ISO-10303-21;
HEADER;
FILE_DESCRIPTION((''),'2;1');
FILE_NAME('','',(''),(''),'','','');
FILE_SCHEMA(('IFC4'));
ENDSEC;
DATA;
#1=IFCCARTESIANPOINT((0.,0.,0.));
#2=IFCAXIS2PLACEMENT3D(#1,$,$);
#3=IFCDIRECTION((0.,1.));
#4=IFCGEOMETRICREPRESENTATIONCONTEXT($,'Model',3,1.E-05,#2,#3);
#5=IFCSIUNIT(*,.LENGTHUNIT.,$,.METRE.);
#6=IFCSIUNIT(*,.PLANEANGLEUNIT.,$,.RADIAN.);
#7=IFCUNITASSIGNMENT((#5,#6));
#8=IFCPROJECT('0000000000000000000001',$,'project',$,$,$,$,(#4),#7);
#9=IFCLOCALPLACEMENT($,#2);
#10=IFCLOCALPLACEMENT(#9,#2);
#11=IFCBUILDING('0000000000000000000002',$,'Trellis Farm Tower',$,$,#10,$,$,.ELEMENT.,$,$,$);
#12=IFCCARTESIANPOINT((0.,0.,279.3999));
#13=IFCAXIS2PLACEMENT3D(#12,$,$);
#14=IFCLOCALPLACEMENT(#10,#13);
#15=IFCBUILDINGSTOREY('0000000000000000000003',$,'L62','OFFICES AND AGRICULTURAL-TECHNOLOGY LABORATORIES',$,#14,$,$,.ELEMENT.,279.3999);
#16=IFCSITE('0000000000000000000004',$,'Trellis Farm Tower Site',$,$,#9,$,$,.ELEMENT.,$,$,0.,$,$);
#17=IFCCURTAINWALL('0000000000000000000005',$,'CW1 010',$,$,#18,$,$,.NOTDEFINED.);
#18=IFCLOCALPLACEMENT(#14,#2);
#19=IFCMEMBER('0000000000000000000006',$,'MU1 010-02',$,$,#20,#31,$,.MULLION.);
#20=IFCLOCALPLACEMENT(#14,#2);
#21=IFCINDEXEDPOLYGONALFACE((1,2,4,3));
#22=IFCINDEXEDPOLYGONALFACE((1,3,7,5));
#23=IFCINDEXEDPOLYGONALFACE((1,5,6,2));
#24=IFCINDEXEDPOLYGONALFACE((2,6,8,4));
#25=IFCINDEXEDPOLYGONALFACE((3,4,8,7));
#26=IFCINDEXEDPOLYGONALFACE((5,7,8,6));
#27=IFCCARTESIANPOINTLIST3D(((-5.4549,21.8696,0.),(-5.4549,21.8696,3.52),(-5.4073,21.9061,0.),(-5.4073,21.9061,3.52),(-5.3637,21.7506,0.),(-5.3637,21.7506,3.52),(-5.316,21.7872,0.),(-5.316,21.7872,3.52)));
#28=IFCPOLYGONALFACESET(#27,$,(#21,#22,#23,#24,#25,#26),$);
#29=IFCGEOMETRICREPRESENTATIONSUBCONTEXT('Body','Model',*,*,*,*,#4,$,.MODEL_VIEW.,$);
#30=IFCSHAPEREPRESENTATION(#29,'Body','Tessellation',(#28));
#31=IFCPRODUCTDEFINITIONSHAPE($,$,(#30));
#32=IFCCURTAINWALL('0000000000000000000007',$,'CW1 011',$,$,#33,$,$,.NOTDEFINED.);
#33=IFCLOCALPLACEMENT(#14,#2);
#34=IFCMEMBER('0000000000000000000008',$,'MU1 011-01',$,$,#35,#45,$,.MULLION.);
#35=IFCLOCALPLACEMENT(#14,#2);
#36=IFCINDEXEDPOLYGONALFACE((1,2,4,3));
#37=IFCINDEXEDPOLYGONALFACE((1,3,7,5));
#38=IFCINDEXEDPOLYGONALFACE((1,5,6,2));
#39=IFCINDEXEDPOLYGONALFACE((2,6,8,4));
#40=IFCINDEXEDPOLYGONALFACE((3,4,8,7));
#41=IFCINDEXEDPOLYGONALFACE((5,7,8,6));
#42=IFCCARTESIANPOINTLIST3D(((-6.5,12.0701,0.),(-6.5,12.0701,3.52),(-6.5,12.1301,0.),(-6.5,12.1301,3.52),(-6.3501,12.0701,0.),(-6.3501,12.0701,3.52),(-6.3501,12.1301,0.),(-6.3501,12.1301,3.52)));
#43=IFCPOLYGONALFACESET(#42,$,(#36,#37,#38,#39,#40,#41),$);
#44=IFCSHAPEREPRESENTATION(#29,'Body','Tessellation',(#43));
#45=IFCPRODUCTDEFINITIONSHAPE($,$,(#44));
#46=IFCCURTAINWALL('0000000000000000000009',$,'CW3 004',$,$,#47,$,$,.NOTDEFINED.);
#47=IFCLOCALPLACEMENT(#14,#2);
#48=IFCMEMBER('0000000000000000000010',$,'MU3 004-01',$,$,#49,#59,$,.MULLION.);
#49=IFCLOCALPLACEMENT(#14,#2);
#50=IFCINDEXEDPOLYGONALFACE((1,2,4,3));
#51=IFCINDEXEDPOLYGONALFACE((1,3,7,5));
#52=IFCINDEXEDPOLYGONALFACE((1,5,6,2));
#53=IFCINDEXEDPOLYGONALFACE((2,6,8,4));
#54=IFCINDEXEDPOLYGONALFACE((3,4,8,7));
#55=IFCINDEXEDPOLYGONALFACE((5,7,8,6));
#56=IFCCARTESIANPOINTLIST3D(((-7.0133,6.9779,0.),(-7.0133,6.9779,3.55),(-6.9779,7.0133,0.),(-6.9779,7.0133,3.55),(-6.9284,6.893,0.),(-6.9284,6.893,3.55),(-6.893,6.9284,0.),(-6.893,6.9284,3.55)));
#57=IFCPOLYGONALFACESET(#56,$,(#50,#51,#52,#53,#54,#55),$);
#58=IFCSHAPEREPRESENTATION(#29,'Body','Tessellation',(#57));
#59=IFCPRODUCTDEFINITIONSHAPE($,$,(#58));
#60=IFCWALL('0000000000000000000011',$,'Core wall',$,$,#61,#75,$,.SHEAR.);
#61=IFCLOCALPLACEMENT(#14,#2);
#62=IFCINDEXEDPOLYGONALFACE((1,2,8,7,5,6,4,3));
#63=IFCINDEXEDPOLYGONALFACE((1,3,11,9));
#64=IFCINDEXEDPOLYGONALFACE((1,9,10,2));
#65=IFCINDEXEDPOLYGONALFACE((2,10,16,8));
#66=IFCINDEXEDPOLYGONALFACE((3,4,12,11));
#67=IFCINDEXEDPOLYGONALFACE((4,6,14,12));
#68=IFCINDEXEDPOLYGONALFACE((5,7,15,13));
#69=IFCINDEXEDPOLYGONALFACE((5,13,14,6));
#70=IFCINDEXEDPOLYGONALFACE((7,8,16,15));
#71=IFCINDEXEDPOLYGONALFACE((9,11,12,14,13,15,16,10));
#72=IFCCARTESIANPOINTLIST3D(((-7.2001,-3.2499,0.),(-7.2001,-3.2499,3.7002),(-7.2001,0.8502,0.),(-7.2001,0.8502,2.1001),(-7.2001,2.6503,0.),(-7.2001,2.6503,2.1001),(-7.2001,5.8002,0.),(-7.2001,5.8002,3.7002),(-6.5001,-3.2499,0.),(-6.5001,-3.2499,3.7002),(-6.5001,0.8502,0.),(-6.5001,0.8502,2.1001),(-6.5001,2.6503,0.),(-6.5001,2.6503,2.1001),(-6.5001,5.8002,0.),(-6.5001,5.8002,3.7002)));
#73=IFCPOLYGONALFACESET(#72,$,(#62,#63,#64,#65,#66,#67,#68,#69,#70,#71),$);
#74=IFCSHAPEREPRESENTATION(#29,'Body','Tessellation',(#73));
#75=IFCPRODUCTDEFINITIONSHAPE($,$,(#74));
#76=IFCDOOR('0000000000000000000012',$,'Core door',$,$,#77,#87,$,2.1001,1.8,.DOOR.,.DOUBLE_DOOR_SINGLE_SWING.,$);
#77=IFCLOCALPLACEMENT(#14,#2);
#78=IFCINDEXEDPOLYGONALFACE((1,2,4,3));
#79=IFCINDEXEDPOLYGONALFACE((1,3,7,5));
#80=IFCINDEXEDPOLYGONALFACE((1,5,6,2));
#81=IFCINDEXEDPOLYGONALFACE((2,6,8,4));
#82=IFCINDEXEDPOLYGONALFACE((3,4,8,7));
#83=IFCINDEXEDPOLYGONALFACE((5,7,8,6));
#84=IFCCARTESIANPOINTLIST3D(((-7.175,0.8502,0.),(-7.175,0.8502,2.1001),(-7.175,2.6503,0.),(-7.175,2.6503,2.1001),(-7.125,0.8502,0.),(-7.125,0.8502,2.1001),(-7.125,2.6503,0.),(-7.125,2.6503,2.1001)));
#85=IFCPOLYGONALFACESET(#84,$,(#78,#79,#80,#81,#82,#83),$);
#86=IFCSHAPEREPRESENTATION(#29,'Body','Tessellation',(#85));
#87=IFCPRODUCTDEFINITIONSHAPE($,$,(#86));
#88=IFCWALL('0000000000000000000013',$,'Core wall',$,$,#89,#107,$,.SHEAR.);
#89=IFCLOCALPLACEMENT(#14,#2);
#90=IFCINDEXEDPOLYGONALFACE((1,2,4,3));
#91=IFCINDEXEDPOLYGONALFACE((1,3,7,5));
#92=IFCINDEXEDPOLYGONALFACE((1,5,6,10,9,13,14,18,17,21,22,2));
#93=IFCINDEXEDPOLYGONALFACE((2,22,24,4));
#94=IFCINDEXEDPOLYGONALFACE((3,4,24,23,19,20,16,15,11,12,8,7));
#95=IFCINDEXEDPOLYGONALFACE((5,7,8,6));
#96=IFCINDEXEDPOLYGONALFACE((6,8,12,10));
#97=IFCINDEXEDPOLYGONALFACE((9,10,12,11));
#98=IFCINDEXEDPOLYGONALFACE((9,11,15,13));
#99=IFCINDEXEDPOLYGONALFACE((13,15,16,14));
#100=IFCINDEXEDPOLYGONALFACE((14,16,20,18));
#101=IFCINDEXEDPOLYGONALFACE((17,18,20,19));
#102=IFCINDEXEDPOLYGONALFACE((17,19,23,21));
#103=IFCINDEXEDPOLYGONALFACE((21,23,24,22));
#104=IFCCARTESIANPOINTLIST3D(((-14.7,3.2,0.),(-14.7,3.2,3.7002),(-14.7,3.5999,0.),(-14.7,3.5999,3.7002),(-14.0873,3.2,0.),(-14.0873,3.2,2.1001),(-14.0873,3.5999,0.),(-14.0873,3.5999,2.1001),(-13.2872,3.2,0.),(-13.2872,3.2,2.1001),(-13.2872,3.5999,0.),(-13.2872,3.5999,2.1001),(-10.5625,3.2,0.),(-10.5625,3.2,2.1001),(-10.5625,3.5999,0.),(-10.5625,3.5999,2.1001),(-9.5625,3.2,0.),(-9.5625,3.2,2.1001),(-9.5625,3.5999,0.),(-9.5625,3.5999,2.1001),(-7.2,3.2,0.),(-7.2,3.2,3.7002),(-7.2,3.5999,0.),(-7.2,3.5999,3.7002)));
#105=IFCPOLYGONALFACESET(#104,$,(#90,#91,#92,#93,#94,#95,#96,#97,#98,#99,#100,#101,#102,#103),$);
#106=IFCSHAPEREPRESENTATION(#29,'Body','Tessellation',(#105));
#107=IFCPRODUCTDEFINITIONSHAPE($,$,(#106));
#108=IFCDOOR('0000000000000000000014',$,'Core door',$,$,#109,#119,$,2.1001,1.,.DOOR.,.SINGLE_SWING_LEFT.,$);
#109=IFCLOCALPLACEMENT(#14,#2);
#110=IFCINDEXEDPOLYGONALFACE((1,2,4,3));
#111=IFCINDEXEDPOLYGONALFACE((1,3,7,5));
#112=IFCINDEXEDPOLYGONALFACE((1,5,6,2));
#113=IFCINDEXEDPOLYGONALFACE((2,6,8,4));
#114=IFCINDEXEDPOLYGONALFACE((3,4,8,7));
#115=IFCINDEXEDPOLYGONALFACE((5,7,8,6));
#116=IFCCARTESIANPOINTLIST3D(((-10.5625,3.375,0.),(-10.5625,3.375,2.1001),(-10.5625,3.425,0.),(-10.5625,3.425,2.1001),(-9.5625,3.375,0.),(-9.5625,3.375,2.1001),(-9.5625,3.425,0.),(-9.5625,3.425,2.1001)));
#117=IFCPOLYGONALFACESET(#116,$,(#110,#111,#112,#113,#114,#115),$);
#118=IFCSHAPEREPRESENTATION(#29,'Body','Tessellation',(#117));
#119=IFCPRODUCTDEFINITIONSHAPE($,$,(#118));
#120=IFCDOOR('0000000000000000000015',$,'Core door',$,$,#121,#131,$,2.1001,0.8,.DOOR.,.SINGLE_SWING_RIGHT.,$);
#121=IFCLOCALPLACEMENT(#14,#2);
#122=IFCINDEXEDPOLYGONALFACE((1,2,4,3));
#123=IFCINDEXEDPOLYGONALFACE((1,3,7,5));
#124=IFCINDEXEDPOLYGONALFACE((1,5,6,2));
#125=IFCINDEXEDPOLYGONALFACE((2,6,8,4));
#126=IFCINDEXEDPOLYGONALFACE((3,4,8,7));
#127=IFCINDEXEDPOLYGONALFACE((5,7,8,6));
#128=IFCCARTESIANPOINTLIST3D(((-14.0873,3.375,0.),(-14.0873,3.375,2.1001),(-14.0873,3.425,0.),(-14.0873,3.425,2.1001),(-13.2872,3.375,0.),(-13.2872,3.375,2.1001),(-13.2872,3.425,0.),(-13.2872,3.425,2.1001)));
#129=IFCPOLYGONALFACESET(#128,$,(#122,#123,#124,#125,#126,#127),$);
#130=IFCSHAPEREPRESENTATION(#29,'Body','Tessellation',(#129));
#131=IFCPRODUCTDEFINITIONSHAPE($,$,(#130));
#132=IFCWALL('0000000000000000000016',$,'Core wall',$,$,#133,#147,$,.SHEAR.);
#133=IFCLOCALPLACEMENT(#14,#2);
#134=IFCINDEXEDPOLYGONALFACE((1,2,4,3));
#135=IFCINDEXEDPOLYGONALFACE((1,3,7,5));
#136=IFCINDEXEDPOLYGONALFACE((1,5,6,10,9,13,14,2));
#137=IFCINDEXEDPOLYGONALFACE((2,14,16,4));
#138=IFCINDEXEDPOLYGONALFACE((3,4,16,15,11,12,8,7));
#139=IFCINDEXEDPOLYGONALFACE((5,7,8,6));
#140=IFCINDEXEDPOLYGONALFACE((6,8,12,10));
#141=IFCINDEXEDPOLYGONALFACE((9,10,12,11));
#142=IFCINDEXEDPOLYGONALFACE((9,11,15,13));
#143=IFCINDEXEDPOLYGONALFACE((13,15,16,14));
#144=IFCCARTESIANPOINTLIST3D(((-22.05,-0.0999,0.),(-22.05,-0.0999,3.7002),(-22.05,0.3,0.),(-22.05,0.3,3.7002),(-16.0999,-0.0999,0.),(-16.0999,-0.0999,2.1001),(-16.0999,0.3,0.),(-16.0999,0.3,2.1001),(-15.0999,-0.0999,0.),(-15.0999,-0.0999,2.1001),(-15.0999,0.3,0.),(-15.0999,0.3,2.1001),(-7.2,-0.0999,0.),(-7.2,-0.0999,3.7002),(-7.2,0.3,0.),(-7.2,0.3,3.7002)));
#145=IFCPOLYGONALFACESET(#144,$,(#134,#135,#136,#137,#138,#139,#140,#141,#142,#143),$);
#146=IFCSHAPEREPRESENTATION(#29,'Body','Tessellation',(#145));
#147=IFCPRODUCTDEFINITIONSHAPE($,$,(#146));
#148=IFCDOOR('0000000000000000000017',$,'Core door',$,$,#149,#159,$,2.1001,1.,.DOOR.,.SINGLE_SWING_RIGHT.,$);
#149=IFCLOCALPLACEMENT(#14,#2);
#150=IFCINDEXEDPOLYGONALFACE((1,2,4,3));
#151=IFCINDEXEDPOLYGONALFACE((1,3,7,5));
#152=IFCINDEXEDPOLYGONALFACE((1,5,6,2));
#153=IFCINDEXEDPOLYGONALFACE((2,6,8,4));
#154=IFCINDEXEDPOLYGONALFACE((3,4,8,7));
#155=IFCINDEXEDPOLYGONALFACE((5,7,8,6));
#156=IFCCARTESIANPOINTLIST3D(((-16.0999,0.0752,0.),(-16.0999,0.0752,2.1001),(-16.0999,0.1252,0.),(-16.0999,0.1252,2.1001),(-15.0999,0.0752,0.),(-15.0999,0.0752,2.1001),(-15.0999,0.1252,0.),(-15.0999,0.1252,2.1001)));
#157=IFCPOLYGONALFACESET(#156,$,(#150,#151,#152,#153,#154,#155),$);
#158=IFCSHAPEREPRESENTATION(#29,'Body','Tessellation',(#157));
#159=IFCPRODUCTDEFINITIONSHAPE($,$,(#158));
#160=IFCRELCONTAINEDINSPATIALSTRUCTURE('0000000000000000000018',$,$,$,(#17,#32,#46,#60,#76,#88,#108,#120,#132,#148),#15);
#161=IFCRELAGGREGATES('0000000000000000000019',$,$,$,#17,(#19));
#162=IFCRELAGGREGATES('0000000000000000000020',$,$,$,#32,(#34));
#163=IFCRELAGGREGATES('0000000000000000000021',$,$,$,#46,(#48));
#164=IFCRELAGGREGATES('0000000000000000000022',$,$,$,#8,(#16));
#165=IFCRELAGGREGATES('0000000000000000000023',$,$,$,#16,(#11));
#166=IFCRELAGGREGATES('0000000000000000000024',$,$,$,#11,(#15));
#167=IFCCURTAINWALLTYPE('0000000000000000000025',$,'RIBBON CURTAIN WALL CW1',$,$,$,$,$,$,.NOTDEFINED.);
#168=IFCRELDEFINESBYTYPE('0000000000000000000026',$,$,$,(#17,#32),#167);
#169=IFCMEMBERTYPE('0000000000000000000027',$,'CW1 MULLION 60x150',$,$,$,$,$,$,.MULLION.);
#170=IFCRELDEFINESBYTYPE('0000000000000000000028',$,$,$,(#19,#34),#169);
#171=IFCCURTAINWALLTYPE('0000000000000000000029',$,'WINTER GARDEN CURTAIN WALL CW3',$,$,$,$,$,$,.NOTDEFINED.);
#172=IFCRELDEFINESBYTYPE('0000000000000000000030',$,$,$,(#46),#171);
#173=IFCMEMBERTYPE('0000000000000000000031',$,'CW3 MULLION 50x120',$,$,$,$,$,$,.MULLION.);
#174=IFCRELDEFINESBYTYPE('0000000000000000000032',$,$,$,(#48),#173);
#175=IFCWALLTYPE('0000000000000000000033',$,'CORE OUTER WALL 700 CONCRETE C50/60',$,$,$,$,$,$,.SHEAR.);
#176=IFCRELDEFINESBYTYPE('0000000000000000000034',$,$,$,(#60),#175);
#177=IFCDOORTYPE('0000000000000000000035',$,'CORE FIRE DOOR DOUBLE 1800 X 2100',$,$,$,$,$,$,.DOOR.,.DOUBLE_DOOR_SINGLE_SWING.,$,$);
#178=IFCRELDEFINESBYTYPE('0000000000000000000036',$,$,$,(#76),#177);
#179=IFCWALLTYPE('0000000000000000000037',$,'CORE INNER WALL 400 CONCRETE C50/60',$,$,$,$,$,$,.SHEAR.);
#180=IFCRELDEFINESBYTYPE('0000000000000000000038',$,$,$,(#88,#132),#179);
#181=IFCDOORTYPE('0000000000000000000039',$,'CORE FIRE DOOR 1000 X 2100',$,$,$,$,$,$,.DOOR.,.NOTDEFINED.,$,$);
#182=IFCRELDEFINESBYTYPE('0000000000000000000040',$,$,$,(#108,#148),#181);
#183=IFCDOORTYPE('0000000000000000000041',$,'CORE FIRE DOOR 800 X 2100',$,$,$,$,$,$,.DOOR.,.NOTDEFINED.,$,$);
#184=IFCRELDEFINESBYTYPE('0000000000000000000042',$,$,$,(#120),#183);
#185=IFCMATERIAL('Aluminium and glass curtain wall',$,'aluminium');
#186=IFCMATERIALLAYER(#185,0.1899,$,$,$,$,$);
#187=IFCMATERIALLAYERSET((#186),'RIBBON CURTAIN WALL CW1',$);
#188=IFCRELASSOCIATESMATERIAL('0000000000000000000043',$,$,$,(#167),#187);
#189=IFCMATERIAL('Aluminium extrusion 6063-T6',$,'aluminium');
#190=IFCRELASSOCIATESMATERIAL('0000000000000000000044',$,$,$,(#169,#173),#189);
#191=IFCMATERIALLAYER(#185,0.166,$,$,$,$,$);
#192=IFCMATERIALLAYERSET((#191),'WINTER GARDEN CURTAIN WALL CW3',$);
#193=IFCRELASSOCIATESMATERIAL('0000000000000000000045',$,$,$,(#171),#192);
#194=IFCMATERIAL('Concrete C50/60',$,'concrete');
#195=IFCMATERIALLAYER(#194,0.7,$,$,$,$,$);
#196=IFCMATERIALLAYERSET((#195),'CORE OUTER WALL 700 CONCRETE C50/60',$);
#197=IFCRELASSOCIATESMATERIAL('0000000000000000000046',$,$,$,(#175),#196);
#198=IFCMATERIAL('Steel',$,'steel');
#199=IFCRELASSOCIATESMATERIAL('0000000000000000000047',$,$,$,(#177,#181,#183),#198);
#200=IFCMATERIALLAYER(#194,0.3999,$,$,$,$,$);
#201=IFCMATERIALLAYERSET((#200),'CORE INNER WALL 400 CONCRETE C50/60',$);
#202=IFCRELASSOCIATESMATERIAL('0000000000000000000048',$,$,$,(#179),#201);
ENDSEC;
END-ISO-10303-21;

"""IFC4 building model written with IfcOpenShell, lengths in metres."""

from ifc_helpers import new_model, si_unit, direction, frame, frame_2d, origin, origin_2d, place, context, subcontext, project, spatial, rectangle, extrude, source, transform, mapped, material, layer, layer_set, material_profile, profile_set, type_object, element, fill, aggregate, save


model = new_model("IFC4")

# Units and contexts
model_context = context("Model", 3, precision=1e-05, world=origin(), true_north=direction((0.0, 1.0)))
body_context = subcontext(model_context, "Body", "Model", "MODEL_VIEW")
ifc_project = project(units=[si_unit("LENGTHUNIT", "METRE"), si_unit("PLANEANGLEUNIT", "RADIAN")], contexts=[model_context])

# Site, building, storey
site_placement = place(None, origin())
site = spatial("IfcSite", under=ifc_project, at=site_placement, Name="Trellis Farm Tower Site", CompositionType="ELEMENT", RefElevation=0.0)
building_placement = place(site_placement, origin())
building = spatial("IfcBuilding", under=site, at=building_placement, Name="Trellis Farm Tower", CompositionType="ELEMENT")
storey_placement = place(building_placement, frame((0.0, 0.0, 279.3999)))
storey = spatial("IfcBuildingStorey", under=building, at=storey_placement, Name="L62", Description="OFFICES AND AGRICULTURAL-TECHNOLOGY LABORATORIES", CompositionType="ELEMENT", Elevation=279.3999)

# Curtain walls, members
ifc_material_1 = material(Name="Aluminium and glass curtain wall", Category="aluminium")
ifc_layer_1 = layer(ifc_material_1, 0.1899)
ifc_layer_set_1 = layer_set([ifc_layer_1], Name="RIBBON CURTAIN WALL CW1")
curtain_wall_type_1 = type_object("IfcCurtainWallType", Name="RIBBON CURTAIN WALL CW1", PredefinedType="NOTDEFINED", material=ifc_layer_set_1)
placement = place(storey_placement, origin())
curtain_wall_1 = element("IfcCurtainWall", 1, at=placement, inside=storey, type_object=curtain_wall_type_1, Name="CW1 010", PredefinedType="NOTDEFINED")
ifc_material_2 = material(Name="Aluminium extrusion 6063-T6", Category="aluminium")
ifc_material_profile_1 = material_profile(ifc_material_2, rectangle(XDim=0.0601, YDim=0.1499, at=origin_2d()), Name="MULLION 60x150")
ifc_profile_set_1 = profile_set([ifc_material_profile_1], Name="Aluminium extrusion 6063-T6")
member_type_1 = type_object("IfcMemberType", Name="CW1 MULLION 60x150", PredefinedType="MULLION", material=ifc_profile_set_1)
shared_shape_1 = source(origin(), body_context, "Body", "SweptSolid", [
    extrude(rectangle(XDim=0.0601, YDim=0.1499, at=origin_2d()), origin(), (0.0, 0.0, 1.0), 3.52),
])
member_1_placement = place(storey_placement, frame((-5.3855, 21.8284, 0.0), z_axis=(0.0, 0.0, 1.0), x_axis=(-0.793353, -0.608761, 0.0)))
member_1 = element("IfcMember", 2, at=member_1_placement, type_object=member_type_1, Name="MU1 010-02", PredefinedType="MULLION", context=body_context, shape_type="MappedRepresentation", body=[
    mapped(shared_shape_1, transform((0.0, 0.0, 0.0))),
])
aggregate(curtain_wall_1, [member_1])
curtain_wall_2 = element("IfcCurtainWall", 3, at=placement, inside=storey, type_object=curtain_wall_type_1, Name="CW1 011", PredefinedType="NOTDEFINED")
member_2_placement = place(storey_placement, frame((-6.425, 12.1001, 0.0), z_axis=(0.0, 0.0, 1.0), x_axis=(0.0, -1.0, 0.0)))
member_2 = element("IfcMember", 4, at=member_2_placement, type_object=member_type_1, Name="MU1 011-01", PredefinedType="MULLION", context=body_context, shape_type="MappedRepresentation", body=[
    mapped(shared_shape_1, transform((0.0, 0.0, 0.0))),
])
aggregate(curtain_wall_2, [member_2])
ifc_layer_2 = layer(ifc_material_1, 0.166)
ifc_layer_set_2 = layer_set([ifc_layer_2], Name="WINTER GARDEN CURTAIN WALL CW3")
curtain_wall_type_2 = type_object("IfcCurtainWallType", Name="WINTER GARDEN CURTAIN WALL CW3", PredefinedType="NOTDEFINED", material=ifc_layer_set_2)
curtain_wall_3 = element("IfcCurtainWall", 5, at=placement, inside=storey, type_object=curtain_wall_type_2, Name="CW3 004", PredefinedType="NOTDEFINED")
ifc_material_profile_2 = material_profile(ifc_material_2, rectangle(XDim=0.05, YDim=0.1201, at=origin_2d()), Name="MULLION 50x120")
ifc_profile_set_2 = profile_set([ifc_material_profile_2], Name="Aluminium extrusion 6063-T6")
member_type_2 = type_object("IfcMemberType", Name="CW3 MULLION 50x120", PredefinedType="MULLION", material=ifc_profile_set_2)
shared_shape_2 = source(origin(), body_context, "Body", "SweptSolid", [
    extrude(rectangle(XDim=0.05, YDim=0.1201, at=origin_2d()), origin(), (0.0, 0.0, 1.0), 3.55),
])
member_3_placement = place(storey_placement, frame((-6.9531, 6.9531, 0.0), z_axis=(0.0, 0.0, 1.0), x_axis=(-0.707107, -0.707107, 0.0)))
member_3 = element("IfcMember", 6, at=member_3_placement, type_object=member_type_2, Name="MU3 004-01", PredefinedType="MULLION", context=body_context, shape_type="MappedRepresentation", body=[
    mapped(shared_shape_2, transform((0.0, 0.0, 0.0))),
])
aggregate(curtain_wall_3, [member_3])

# Wall, opening, door
ifc_material_3 = material(Name="Concrete C50/60", Category="concrete")
ifc_layer_3 = layer(ifc_material_3, 0.7)
ifc_layer_set_3 = layer_set([ifc_layer_3], Name="CORE OUTER WALL 700 CONCRETE C50/60")
wall_type_1 = type_object("IfcWallType", Name="CORE OUTER WALL 700 CONCRETE C50/60", PredefinedType="SHEAR", material=ifc_layer_set_3)
shared_shape_3 = source(origin(), body_context, "Body", "SweptSolid", [
    extrude(rectangle(XDim=9.05, YDim=0.7, at=frame_2d((4.5249, 0.0))), origin(), (0.0, 0.0, 1.0), 3.7002),
])
wall_1_placement = place(storey_placement, frame((-6.8501, 5.8, 0.0), z_axis=(0.0, 0.0, 1.0), x_axis=(0.0, -1.0, 0.0)))
wall_1 = element("IfcWall", 7, at=wall_1_placement, inside=storey, type_object=wall_type_1, Name="Core wall", PredefinedType="SHEAR", context=body_context, shape_type="MappedRepresentation", body=[
    mapped(shared_shape_3, transform((0.0, 0.0, 0.0))),
])
shared_shape_4 = source(origin(), body_context, "Body", "SweptSolid", [
    extrude(rectangle(XDim=1.8, YDim=2.1001, at=frame_2d((0.8999, 1.05))), frame((0.0, 0.3601, 0.0), z_axis=(0.0, -1.0, 0.0), x_axis=(1.0, 0.0, 0.0)), (0.0, 0.0, 1.0), 0.7202),
])
opening_1_placement = place(wall_1_placement, frame((3.1499, 0.0, 0.0)))
opening_1 = element("IfcOpeningElement", 8, at=opening_1_placement, cuts=wall_1, PredefinedType="OPENING", context=body_context, shape_type="MappedRepresentation", body=[
    mapped(shared_shape_4, transform((0.0, 0.0, 0.0))),
])
ifc_material_4 = material(Name="Steel", Category="steel")
door_type_1 = type_object("IfcDoorType", Name="CORE FIRE DOOR DOUBLE 1800 X 2100", OperationType="DOUBLE_DOOR_SINGLE_SWING", PredefinedType="DOOR", material=ifc_material_4)
shared_shape_5 = source(origin(), body_context, "Body", "SweptSolid", [
    extrude(rectangle(XDim=1.8, YDim=2.1001, at=frame_2d((0.8999, 1.05))), frame((0.0, -0.2749, 0.0), z_axis=(0.0, -1.0, 0.0), x_axis=(1.0, 0.0, 0.0)), (0.0, 0.0, 1.0), 0.05),
])
door_1_placement = place(opening_1_placement, origin())
door_1 = element("IfcDoor", 9, at=door_1_placement, inside=storey, type_object=door_type_1, Name="Core door", OperationType="DOUBLE_DOOR_SINGLE_SWING", OverallHeight=2.1001, OverallWidth=1.8, PredefinedType="DOOR", context=body_context, shape_type="MappedRepresentation", body=[
    mapped(shared_shape_5, transform((0.0, 0.0, 0.0))),
])
fill(opening_1, door_1)

# Wall, openings, doors
ifc_layer_4 = layer(ifc_material_3, 0.3999)
ifc_layer_set_4 = layer_set([ifc_layer_4], Name="CORE INNER WALL 400 CONCRETE C50/60")
wall_type_2 = type_object("IfcWallType", Name="CORE INNER WALL 400 CONCRETE C50/60", PredefinedType="SHEAR", material=ifc_layer_set_4)
shared_shape_6 = source(origin(), body_context, "Body", "SweptSolid", [
    extrude(rectangle(XDim=7.5, YDim=0.3999, at=frame_2d((3.75, 0.0))), origin(), (0.0, 0.0, 1.0), 3.7002),
])
wall_2_placement = place(storey_placement, frame((-7.2, 3.3999, 0.0), z_axis=(0.0, 0.0, 1.0), x_axis=(-1.0, 0.0, 0.0)))
wall_2 = element("IfcWall", 10, at=wall_2_placement, inside=storey, type_object=wall_type_2, Name="Core wall", PredefinedType="SHEAR", context=body_context, shape_type="MappedRepresentation", body=[
    mapped(shared_shape_6, transform((0.0, 0.0, 0.0))),
])
shared_shape_7 = source(origin(), body_context, "Body", "SweptSolid", [
    extrude(rectangle(XDim=1.0, YDim=2.1001, at=frame_2d((0.5, 1.05))), frame((0.0, 0.21, 0.0), z_axis=(0.0, -1.0, 0.0), x_axis=(1.0, 0.0, 0.0)), (0.0, 0.0, 1.0), 0.4199),
])
opening_2_placement = place(wall_2_placement, frame((2.3625, 0.0, 0.0)))
opening_2 = element("IfcOpeningElement", 11, at=opening_2_placement, cuts=wall_2, PredefinedType="OPENING", context=body_context, shape_type="MappedRepresentation", body=[
    mapped(shared_shape_7, transform((0.0, 0.0, 0.0))),
])
shared_shape_8 = source(origin(), body_context, "Body", "SweptSolid", [
    extrude(rectangle(XDim=0.8, YDim=2.1001, at=frame_2d((0.3999, 1.05))), frame((0.0, 0.21, 0.0), z_axis=(0.0, -1.0, 0.0), x_axis=(1.0, 0.0, 0.0)), (0.0, 0.0, 1.0), 0.4199),
])
opening_3_placement = place(wall_2_placement, frame((6.0874, 0.0, 0.0)))
opening_3 = element("IfcOpeningElement", 12, at=opening_3_placement, cuts=wall_2, PredefinedType="OPENING", context=body_context, shape_type="MappedRepresentation", body=[
    mapped(shared_shape_8, transform((0.0, 0.0, 0.0))),
])
door_type_2 = type_object("IfcDoorType", Name="CORE FIRE DOOR 1000 X 2100", OperationType="NOTDEFINED", PredefinedType="DOOR", material=ifc_material_4)
shared_shape_9 = source(origin(), body_context, "Body", "SweptSolid", [
    extrude(rectangle(XDim=1.0, YDim=2.1001, at=frame_2d((0.5, 1.05))), frame((0.0, 0.0249, 0.0), z_axis=(0.0, -1.0, 0.0), x_axis=(1.0, 0.0, 0.0)), (0.0, 0.0, 1.0), 0.05),
])
door_2_placement = place(opening_2_placement, origin())
door_2 = element("IfcDoor", 13, at=door_2_placement, inside=storey, type_object=door_type_2, Name="Core door", OperationType="SINGLE_SWING_LEFT", OverallHeight=2.1001, OverallWidth=1.0, PredefinedType="DOOR", context=body_context, shape_type="MappedRepresentation", body=[
    mapped(shared_shape_9, transform((0.0, 0.0, 0.0))),
])
fill(opening_2, door_2)
door_type_3 = type_object("IfcDoorType", Name="CORE FIRE DOOR 800 X 2100", OperationType="NOTDEFINED", PredefinedType="DOOR", material=ifc_material_4)
shared_shape_10 = source(origin(), body_context, "Body", "SweptSolid", [
    extrude(rectangle(XDim=0.8, YDim=2.1001, at=frame_2d((0.3999, 1.05))), frame((0.0, 0.0249, 0.0), z_axis=(0.0, -1.0, 0.0), x_axis=(1.0, 0.0, 0.0)), (0.0, 0.0, 1.0), 0.05),
])
door_3_placement = place(opening_3_placement, origin())
door_3 = element("IfcDoor", 14, at=door_3_placement, inside=storey, type_object=door_type_3, Name="Core door", OperationType="SINGLE_SWING_RIGHT", OverallHeight=2.1001, OverallWidth=0.8, PredefinedType="DOOR", context=body_context, shape_type="MappedRepresentation", body=[
    mapped(shared_shape_10, transform((0.0, 0.0, 0.0))),
])
fill(opening_3, door_3)

# Wall, opening, door
shared_shape_11 = source(origin(), body_context, "Body", "SweptSolid", [
    extrude(rectangle(XDim=14.8501, YDim=0.3999, at=frame_2d((7.425, 0.0))), origin(), (0.0, 0.0, 1.0), 3.7002),
])
wall_3_placement = place(storey_placement, frame((-7.2, 0.1001, 0.0), z_axis=(0.0, 0.0, 1.0), x_axis=(-1.0, 0.0, 0.0)))
wall_3 = element("IfcWall", 15, at=wall_3_placement, inside=storey, type_object=wall_type_2, Name="Core wall", PredefinedType="SHEAR", context=body_context, shape_type="MappedRepresentation", body=[
    mapped(shared_shape_11, transform((0.0, 0.0, 0.0))),
])
opening_4_placement = place(wall_3_placement, frame((7.8999, 0.0, 0.0)))
opening_4 = element("IfcOpeningElement", 16, at=opening_4_placement, cuts=wall_3, PredefinedType="OPENING", context=body_context, shape_type="MappedRepresentation", body=[
    mapped(shared_shape_7, transform((0.0, 0.0, 0.0))),
])
door_4_placement = place(opening_4_placement, origin())
door_4 = element("IfcDoor", 17, at=door_4_placement, inside=storey, type_object=door_type_2, Name="Core door", OperationType="SINGLE_SWING_RIGHT", OverallHeight=2.1001, OverallWidth=1.0, PredefinedType="DOOR", context=body_context, shape_type="MappedRepresentation", body=[
    mapped(shared_shape_9, transform((0.0, 0.0, 0.0))),
])
fill(opening_4, door_4)

save(model, "model.ifc")
